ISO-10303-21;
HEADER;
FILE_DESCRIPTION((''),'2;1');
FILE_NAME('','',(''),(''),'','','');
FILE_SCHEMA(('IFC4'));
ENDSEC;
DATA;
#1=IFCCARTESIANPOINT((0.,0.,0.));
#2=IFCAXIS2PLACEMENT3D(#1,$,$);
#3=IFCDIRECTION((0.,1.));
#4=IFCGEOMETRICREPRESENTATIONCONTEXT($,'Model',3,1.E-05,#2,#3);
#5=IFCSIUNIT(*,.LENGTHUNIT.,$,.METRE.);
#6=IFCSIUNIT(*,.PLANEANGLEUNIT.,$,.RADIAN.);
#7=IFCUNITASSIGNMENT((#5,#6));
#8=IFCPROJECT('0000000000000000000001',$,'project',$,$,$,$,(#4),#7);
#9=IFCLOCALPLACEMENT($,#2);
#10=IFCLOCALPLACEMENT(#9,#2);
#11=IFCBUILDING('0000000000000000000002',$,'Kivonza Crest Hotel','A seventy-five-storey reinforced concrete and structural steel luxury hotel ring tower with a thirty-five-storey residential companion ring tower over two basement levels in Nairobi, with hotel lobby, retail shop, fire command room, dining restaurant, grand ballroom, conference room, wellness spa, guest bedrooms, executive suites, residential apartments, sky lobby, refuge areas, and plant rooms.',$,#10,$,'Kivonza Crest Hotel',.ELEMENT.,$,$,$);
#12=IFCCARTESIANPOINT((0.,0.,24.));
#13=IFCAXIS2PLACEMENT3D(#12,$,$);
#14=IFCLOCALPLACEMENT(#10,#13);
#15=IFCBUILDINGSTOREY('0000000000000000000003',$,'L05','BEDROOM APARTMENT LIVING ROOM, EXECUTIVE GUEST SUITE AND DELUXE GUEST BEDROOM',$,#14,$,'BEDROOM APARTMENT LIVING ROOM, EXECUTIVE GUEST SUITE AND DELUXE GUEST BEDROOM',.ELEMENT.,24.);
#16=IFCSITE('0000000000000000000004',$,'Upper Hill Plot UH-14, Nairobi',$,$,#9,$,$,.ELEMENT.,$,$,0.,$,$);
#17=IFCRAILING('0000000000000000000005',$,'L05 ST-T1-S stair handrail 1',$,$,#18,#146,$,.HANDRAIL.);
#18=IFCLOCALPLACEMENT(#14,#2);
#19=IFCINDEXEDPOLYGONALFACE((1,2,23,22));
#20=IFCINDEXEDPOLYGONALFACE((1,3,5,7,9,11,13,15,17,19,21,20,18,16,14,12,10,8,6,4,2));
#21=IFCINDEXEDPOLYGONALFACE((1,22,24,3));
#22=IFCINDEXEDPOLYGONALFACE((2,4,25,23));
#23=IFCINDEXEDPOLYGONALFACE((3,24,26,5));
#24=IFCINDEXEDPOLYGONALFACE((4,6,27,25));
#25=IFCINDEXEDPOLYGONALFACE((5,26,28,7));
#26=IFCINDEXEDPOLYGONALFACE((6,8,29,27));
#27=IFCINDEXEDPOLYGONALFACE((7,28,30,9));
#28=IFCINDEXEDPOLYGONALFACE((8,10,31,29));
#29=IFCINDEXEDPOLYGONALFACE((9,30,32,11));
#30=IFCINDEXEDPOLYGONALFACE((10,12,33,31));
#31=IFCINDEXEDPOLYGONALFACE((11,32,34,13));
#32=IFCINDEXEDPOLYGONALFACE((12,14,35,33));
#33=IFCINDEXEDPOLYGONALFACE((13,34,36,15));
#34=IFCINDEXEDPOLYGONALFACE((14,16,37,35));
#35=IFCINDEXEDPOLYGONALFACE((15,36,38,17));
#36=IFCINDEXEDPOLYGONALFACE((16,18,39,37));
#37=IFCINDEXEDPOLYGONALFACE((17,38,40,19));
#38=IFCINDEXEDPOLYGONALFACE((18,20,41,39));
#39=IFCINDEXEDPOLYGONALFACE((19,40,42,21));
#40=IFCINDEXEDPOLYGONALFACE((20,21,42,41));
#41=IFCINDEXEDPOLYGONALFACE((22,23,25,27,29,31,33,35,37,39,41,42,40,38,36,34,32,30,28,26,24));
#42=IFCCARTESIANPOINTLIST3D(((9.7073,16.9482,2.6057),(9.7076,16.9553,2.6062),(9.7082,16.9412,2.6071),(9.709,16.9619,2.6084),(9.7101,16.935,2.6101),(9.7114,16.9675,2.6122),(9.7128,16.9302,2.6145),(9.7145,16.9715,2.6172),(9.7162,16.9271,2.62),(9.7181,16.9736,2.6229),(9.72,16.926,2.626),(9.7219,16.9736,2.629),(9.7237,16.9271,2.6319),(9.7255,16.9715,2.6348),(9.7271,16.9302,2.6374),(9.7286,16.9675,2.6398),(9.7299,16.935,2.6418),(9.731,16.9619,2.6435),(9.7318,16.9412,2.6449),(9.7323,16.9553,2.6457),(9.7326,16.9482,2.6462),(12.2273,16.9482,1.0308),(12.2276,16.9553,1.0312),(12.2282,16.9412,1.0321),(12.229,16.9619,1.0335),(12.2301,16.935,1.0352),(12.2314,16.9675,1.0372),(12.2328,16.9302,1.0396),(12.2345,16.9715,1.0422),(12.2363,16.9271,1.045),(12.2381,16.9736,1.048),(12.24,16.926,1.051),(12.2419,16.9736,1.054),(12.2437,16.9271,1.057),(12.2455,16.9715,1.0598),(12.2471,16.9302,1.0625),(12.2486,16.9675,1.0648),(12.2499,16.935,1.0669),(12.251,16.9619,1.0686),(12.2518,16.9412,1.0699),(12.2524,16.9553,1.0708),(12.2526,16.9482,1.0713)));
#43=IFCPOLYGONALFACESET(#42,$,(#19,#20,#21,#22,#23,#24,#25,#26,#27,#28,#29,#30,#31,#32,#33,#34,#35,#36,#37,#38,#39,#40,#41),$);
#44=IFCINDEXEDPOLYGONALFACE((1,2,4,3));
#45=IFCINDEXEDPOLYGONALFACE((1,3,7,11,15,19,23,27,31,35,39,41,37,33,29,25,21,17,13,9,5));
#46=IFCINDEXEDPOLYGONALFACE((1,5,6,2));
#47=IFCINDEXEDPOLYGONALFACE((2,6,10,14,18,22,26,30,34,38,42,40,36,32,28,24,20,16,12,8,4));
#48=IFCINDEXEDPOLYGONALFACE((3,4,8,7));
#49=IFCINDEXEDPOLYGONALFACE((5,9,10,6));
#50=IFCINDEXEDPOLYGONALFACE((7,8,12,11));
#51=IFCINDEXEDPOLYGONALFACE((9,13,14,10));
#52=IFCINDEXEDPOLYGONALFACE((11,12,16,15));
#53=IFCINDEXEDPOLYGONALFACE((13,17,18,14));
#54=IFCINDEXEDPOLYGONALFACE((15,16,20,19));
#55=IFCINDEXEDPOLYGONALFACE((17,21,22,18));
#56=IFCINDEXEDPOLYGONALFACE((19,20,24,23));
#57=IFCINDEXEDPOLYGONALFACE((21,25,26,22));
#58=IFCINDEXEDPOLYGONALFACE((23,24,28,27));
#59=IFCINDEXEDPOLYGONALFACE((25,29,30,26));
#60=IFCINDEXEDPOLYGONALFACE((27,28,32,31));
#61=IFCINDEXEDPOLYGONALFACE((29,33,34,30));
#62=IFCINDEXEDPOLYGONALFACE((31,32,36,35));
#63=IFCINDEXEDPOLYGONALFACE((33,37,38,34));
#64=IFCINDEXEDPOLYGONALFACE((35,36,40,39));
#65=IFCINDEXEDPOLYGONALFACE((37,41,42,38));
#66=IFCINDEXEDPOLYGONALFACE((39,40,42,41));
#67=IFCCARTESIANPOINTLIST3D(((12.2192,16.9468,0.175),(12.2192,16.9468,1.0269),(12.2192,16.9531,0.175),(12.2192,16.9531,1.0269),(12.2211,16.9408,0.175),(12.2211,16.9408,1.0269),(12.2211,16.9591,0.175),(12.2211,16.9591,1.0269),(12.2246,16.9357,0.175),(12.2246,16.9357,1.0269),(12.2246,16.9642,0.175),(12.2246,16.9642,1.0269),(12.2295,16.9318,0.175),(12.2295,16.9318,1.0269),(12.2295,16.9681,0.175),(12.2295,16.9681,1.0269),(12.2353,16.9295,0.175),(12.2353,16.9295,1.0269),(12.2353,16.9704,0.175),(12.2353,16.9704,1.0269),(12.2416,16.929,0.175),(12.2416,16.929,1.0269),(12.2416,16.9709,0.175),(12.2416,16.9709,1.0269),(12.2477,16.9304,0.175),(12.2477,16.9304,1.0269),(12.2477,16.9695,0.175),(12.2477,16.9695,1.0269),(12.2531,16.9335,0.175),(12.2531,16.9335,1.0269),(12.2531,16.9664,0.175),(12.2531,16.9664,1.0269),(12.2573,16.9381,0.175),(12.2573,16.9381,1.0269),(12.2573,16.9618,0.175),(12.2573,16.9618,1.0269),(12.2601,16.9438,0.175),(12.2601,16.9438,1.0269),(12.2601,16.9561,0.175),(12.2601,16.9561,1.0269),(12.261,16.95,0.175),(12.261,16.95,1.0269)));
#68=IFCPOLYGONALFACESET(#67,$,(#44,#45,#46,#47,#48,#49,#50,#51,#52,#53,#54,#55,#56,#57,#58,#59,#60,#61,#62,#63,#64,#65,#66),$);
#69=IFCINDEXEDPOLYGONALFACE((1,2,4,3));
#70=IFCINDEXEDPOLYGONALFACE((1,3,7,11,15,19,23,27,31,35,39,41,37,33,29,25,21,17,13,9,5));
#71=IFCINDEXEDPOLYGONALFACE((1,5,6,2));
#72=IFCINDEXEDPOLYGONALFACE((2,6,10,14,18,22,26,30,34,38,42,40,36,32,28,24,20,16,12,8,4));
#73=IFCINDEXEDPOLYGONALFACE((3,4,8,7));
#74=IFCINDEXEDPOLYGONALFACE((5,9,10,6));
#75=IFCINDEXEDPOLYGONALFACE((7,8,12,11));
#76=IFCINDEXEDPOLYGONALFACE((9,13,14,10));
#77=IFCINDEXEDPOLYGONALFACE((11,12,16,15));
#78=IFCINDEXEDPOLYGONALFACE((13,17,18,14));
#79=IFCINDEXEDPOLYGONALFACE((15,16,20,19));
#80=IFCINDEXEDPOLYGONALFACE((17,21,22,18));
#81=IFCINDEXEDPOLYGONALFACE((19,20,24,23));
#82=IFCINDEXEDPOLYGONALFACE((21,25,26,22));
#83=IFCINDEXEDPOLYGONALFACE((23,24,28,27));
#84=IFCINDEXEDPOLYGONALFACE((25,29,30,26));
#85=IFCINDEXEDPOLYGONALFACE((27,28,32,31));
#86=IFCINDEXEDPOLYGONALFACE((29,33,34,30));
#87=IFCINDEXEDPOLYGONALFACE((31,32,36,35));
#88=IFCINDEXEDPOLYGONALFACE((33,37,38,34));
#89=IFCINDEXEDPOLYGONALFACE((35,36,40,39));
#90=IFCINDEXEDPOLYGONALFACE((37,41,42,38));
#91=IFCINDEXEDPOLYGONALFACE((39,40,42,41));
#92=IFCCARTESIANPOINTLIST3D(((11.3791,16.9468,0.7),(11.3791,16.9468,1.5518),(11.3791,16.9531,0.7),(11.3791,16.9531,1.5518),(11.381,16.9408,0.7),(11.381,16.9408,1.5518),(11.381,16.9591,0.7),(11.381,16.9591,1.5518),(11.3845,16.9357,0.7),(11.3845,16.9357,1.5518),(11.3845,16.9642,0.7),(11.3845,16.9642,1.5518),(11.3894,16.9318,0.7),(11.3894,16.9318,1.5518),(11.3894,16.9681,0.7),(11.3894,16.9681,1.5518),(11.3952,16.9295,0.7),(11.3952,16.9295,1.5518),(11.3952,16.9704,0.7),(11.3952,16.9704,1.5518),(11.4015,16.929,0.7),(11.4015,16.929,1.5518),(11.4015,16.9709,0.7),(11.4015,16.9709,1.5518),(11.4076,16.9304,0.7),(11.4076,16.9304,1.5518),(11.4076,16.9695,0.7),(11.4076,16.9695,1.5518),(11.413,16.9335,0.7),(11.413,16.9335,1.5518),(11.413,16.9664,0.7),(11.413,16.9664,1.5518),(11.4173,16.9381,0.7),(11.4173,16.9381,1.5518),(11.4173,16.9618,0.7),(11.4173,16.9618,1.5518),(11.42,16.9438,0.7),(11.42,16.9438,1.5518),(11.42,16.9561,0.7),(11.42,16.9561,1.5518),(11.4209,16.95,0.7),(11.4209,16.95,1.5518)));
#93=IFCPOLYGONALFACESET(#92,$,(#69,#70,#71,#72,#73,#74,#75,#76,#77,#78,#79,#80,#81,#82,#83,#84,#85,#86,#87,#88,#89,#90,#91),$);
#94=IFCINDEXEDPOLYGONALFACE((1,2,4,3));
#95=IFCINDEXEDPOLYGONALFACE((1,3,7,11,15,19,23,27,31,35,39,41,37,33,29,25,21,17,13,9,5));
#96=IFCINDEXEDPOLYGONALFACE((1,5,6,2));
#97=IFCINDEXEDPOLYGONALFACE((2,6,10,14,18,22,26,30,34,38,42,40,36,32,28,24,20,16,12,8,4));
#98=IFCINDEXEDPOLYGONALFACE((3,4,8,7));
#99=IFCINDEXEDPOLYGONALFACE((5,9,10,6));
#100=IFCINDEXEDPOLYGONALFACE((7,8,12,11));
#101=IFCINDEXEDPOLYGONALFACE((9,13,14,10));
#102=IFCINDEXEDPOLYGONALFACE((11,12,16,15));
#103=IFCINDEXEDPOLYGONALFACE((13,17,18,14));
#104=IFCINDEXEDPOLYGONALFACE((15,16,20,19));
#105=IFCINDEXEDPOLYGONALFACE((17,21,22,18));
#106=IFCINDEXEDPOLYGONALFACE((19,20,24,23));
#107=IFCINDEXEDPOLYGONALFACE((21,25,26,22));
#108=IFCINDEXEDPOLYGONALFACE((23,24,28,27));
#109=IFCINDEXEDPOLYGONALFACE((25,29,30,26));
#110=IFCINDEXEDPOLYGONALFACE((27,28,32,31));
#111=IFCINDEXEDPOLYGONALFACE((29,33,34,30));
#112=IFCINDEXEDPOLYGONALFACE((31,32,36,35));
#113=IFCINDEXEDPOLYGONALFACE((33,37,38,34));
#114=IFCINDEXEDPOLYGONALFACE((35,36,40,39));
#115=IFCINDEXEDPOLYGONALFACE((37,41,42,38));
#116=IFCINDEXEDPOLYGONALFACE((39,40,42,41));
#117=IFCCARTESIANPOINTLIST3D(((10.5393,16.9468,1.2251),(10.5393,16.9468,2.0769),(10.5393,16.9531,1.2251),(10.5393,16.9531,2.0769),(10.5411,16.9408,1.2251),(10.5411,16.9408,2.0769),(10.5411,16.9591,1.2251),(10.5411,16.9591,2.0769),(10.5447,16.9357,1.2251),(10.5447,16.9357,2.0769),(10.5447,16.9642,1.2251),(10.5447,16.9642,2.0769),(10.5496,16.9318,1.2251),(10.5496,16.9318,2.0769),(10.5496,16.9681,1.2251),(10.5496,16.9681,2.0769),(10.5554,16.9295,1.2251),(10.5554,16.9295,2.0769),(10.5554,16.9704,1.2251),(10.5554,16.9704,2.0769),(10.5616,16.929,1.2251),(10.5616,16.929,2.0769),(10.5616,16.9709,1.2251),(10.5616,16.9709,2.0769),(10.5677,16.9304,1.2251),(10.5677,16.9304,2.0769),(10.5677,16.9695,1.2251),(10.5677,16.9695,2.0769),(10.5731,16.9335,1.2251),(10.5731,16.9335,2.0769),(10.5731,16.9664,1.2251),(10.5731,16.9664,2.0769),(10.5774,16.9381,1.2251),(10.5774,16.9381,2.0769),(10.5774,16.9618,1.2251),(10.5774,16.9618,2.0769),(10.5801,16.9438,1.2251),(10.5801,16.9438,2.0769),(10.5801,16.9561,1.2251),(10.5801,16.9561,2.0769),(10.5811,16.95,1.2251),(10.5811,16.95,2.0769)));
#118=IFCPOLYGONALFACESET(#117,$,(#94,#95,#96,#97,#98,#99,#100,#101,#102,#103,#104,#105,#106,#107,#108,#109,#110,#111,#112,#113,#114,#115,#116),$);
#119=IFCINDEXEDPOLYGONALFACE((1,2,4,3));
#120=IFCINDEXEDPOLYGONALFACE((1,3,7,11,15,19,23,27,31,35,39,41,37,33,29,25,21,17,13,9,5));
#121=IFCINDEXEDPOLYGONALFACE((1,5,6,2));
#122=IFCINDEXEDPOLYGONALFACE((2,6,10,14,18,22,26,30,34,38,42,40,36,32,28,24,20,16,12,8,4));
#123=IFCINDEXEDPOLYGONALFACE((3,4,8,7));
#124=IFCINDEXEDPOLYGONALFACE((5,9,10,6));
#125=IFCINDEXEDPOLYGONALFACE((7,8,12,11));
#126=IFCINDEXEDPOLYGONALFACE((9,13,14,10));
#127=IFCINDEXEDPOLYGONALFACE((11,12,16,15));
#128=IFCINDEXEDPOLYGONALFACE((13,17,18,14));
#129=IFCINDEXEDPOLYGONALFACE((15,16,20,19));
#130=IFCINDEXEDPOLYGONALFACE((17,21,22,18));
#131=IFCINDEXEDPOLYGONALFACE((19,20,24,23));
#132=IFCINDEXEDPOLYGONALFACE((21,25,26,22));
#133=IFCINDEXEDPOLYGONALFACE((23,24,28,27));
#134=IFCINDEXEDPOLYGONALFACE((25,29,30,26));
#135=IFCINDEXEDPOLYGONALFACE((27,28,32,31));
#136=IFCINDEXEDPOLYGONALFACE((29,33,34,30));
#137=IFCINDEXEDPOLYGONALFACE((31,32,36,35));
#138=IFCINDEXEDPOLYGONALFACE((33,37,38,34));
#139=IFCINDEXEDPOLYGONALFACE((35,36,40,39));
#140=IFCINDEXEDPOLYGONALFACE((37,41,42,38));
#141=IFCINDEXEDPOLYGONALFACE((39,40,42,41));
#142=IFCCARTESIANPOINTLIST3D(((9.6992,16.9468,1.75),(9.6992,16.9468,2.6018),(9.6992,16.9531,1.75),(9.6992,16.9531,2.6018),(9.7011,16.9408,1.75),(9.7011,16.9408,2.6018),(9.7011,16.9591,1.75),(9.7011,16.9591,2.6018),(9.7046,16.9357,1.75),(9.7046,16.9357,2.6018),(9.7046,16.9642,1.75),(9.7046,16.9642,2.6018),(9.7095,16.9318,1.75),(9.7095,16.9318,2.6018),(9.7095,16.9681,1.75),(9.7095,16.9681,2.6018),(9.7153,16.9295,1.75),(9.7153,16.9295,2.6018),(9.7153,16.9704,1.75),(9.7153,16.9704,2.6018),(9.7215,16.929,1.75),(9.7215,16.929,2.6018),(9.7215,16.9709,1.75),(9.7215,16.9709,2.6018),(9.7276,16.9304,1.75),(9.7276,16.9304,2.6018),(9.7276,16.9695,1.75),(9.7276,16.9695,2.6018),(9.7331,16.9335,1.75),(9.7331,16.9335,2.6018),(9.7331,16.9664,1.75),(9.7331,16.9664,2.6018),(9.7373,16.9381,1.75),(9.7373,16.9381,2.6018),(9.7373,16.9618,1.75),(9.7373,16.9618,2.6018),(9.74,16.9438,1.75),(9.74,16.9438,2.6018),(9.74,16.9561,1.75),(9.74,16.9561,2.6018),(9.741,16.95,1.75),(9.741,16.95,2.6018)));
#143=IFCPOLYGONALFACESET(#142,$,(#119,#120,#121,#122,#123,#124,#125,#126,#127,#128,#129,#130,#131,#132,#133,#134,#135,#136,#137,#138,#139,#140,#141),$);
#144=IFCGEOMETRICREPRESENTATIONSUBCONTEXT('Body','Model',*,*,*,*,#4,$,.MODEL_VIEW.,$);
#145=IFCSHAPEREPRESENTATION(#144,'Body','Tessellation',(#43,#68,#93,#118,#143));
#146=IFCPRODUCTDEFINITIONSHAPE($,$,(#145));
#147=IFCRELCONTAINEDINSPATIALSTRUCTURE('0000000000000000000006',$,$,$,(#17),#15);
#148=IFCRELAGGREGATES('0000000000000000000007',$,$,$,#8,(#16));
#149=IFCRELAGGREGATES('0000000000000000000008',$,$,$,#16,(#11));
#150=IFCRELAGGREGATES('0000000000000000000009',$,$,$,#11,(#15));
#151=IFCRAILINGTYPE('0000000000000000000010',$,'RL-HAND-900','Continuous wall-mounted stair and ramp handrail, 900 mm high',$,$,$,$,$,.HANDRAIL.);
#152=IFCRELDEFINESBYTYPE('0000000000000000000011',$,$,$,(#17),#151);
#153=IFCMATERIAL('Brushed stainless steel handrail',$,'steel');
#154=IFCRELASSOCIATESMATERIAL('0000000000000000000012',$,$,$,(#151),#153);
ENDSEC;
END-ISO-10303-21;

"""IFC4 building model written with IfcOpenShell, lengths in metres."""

from ifc_helpers import new_model, si_unit, direction, frame, origin, origin_2d, place, context, subcontext, project, spatial, circle, extrude, material, type_object, element, save


model = new_model("IFC4")

# Units and contexts
model_context = context("Model", 3, precision=1e-05, world=origin(), true_north=direction((0.0, 1.0)))
body_context = subcontext(model_context, "Body", "Model", "MODEL_VIEW")
ifc_project = project(units=[si_unit("LENGTHUNIT", "METRE"), si_unit("PLANEANGLEUNIT", "RADIAN")], contexts=[model_context])

# Site, building, storey
site_placement = place(None, origin())
site = spatial("IfcSite", under=ifc_project, at=site_placement, Name="Upper Hill Plot UH-14, Nairobi", CompositionType="ELEMENT", RefElevation=0.0)
building_placement = place(site_placement, origin())
building = spatial("IfcBuilding", under=site, at=building_placement, Name="Kivonza Crest Hotel", Description="A seventy-five-storey reinforced concrete and structural steel luxury hotel ring tower with a thirty-five-storey residential companion ring tower over two basement levels in Nairobi, with hotel lobby, retail shop, fire command room, dining restaurant, grand ballroom, conference room, wellness spa, guest bedrooms, executive suites, residential apartments, sky lobby, refuge areas, and plant rooms.", LongName="Kivonza Crest Hotel", CompositionType="ELEMENT")
storey_placement = place(building_placement, frame((0.0, 0.0, 24.0)))
storey = spatial("IfcBuildingStorey", under=building, at=storey_placement, Name="L05", Description="BEDROOM APARTMENT LIVING ROOM, EXECUTIVE GUEST SUITE AND DELUXE GUEST BEDROOM", LongName="BEDROOM APARTMENT LIVING ROOM, EXECUTIVE GUEST SUITE AND DELUXE GUEST BEDROOM", CompositionType="ELEMENT", Elevation=24.0)

# Railing
ifc_material_1 = material(Name="Brushed stainless steel handrail", Category="steel")
railing_type_1 = type_object("IfcRailingType", Name="RL-HAND-900", Description="Continuous wall-mounted stair and ramp handrail, 900 mm high", PredefinedType="HANDRAIL", material=ifc_material_1)
railing_1_placement = place(storey_placement, frame((12.24, 16.95, 0.175)))
element("IfcRailing", 1, at=railing_1_placement, inside=storey, type_object=railing_type_1, Name="L05 ST-T1-S stair handrail 1", PredefinedType="HANDRAIL", context=body_context, shape_type="SweptSolid", body=[
    extrude(circle(Radius=0.0239, at=origin_2d()), frame((0.0, 0.0, 0.876), z_axis=(-0.848008, 0.0, 0.529984), x_axis=(0.0, -1.0, 0.0)), (0.0, 0.0, 1.0), 2.9717),
    extrude(circle(Radius=0.021, at=origin_2d()), origin(), (0.0, 0.0, 1.0), 0.8518),
    extrude(circle(Radius=0.021, at=origin_2d()), frame((-0.8401, 0.0, 0.5249)), (0.0, 0.0, 1.0), 0.8518),
    extrude(circle(Radius=0.021, at=origin_2d()), frame((-1.6799, 0.0, 1.05)), (0.0, 0.0, 1.0), 0.8518),
    extrude(circle(Radius=0.021, at=origin_2d()), frame((-2.52, 0.0, 1.575)), (0.0, 0.0, 1.0), 0.8518),
])

save(model, "model.ifc")
